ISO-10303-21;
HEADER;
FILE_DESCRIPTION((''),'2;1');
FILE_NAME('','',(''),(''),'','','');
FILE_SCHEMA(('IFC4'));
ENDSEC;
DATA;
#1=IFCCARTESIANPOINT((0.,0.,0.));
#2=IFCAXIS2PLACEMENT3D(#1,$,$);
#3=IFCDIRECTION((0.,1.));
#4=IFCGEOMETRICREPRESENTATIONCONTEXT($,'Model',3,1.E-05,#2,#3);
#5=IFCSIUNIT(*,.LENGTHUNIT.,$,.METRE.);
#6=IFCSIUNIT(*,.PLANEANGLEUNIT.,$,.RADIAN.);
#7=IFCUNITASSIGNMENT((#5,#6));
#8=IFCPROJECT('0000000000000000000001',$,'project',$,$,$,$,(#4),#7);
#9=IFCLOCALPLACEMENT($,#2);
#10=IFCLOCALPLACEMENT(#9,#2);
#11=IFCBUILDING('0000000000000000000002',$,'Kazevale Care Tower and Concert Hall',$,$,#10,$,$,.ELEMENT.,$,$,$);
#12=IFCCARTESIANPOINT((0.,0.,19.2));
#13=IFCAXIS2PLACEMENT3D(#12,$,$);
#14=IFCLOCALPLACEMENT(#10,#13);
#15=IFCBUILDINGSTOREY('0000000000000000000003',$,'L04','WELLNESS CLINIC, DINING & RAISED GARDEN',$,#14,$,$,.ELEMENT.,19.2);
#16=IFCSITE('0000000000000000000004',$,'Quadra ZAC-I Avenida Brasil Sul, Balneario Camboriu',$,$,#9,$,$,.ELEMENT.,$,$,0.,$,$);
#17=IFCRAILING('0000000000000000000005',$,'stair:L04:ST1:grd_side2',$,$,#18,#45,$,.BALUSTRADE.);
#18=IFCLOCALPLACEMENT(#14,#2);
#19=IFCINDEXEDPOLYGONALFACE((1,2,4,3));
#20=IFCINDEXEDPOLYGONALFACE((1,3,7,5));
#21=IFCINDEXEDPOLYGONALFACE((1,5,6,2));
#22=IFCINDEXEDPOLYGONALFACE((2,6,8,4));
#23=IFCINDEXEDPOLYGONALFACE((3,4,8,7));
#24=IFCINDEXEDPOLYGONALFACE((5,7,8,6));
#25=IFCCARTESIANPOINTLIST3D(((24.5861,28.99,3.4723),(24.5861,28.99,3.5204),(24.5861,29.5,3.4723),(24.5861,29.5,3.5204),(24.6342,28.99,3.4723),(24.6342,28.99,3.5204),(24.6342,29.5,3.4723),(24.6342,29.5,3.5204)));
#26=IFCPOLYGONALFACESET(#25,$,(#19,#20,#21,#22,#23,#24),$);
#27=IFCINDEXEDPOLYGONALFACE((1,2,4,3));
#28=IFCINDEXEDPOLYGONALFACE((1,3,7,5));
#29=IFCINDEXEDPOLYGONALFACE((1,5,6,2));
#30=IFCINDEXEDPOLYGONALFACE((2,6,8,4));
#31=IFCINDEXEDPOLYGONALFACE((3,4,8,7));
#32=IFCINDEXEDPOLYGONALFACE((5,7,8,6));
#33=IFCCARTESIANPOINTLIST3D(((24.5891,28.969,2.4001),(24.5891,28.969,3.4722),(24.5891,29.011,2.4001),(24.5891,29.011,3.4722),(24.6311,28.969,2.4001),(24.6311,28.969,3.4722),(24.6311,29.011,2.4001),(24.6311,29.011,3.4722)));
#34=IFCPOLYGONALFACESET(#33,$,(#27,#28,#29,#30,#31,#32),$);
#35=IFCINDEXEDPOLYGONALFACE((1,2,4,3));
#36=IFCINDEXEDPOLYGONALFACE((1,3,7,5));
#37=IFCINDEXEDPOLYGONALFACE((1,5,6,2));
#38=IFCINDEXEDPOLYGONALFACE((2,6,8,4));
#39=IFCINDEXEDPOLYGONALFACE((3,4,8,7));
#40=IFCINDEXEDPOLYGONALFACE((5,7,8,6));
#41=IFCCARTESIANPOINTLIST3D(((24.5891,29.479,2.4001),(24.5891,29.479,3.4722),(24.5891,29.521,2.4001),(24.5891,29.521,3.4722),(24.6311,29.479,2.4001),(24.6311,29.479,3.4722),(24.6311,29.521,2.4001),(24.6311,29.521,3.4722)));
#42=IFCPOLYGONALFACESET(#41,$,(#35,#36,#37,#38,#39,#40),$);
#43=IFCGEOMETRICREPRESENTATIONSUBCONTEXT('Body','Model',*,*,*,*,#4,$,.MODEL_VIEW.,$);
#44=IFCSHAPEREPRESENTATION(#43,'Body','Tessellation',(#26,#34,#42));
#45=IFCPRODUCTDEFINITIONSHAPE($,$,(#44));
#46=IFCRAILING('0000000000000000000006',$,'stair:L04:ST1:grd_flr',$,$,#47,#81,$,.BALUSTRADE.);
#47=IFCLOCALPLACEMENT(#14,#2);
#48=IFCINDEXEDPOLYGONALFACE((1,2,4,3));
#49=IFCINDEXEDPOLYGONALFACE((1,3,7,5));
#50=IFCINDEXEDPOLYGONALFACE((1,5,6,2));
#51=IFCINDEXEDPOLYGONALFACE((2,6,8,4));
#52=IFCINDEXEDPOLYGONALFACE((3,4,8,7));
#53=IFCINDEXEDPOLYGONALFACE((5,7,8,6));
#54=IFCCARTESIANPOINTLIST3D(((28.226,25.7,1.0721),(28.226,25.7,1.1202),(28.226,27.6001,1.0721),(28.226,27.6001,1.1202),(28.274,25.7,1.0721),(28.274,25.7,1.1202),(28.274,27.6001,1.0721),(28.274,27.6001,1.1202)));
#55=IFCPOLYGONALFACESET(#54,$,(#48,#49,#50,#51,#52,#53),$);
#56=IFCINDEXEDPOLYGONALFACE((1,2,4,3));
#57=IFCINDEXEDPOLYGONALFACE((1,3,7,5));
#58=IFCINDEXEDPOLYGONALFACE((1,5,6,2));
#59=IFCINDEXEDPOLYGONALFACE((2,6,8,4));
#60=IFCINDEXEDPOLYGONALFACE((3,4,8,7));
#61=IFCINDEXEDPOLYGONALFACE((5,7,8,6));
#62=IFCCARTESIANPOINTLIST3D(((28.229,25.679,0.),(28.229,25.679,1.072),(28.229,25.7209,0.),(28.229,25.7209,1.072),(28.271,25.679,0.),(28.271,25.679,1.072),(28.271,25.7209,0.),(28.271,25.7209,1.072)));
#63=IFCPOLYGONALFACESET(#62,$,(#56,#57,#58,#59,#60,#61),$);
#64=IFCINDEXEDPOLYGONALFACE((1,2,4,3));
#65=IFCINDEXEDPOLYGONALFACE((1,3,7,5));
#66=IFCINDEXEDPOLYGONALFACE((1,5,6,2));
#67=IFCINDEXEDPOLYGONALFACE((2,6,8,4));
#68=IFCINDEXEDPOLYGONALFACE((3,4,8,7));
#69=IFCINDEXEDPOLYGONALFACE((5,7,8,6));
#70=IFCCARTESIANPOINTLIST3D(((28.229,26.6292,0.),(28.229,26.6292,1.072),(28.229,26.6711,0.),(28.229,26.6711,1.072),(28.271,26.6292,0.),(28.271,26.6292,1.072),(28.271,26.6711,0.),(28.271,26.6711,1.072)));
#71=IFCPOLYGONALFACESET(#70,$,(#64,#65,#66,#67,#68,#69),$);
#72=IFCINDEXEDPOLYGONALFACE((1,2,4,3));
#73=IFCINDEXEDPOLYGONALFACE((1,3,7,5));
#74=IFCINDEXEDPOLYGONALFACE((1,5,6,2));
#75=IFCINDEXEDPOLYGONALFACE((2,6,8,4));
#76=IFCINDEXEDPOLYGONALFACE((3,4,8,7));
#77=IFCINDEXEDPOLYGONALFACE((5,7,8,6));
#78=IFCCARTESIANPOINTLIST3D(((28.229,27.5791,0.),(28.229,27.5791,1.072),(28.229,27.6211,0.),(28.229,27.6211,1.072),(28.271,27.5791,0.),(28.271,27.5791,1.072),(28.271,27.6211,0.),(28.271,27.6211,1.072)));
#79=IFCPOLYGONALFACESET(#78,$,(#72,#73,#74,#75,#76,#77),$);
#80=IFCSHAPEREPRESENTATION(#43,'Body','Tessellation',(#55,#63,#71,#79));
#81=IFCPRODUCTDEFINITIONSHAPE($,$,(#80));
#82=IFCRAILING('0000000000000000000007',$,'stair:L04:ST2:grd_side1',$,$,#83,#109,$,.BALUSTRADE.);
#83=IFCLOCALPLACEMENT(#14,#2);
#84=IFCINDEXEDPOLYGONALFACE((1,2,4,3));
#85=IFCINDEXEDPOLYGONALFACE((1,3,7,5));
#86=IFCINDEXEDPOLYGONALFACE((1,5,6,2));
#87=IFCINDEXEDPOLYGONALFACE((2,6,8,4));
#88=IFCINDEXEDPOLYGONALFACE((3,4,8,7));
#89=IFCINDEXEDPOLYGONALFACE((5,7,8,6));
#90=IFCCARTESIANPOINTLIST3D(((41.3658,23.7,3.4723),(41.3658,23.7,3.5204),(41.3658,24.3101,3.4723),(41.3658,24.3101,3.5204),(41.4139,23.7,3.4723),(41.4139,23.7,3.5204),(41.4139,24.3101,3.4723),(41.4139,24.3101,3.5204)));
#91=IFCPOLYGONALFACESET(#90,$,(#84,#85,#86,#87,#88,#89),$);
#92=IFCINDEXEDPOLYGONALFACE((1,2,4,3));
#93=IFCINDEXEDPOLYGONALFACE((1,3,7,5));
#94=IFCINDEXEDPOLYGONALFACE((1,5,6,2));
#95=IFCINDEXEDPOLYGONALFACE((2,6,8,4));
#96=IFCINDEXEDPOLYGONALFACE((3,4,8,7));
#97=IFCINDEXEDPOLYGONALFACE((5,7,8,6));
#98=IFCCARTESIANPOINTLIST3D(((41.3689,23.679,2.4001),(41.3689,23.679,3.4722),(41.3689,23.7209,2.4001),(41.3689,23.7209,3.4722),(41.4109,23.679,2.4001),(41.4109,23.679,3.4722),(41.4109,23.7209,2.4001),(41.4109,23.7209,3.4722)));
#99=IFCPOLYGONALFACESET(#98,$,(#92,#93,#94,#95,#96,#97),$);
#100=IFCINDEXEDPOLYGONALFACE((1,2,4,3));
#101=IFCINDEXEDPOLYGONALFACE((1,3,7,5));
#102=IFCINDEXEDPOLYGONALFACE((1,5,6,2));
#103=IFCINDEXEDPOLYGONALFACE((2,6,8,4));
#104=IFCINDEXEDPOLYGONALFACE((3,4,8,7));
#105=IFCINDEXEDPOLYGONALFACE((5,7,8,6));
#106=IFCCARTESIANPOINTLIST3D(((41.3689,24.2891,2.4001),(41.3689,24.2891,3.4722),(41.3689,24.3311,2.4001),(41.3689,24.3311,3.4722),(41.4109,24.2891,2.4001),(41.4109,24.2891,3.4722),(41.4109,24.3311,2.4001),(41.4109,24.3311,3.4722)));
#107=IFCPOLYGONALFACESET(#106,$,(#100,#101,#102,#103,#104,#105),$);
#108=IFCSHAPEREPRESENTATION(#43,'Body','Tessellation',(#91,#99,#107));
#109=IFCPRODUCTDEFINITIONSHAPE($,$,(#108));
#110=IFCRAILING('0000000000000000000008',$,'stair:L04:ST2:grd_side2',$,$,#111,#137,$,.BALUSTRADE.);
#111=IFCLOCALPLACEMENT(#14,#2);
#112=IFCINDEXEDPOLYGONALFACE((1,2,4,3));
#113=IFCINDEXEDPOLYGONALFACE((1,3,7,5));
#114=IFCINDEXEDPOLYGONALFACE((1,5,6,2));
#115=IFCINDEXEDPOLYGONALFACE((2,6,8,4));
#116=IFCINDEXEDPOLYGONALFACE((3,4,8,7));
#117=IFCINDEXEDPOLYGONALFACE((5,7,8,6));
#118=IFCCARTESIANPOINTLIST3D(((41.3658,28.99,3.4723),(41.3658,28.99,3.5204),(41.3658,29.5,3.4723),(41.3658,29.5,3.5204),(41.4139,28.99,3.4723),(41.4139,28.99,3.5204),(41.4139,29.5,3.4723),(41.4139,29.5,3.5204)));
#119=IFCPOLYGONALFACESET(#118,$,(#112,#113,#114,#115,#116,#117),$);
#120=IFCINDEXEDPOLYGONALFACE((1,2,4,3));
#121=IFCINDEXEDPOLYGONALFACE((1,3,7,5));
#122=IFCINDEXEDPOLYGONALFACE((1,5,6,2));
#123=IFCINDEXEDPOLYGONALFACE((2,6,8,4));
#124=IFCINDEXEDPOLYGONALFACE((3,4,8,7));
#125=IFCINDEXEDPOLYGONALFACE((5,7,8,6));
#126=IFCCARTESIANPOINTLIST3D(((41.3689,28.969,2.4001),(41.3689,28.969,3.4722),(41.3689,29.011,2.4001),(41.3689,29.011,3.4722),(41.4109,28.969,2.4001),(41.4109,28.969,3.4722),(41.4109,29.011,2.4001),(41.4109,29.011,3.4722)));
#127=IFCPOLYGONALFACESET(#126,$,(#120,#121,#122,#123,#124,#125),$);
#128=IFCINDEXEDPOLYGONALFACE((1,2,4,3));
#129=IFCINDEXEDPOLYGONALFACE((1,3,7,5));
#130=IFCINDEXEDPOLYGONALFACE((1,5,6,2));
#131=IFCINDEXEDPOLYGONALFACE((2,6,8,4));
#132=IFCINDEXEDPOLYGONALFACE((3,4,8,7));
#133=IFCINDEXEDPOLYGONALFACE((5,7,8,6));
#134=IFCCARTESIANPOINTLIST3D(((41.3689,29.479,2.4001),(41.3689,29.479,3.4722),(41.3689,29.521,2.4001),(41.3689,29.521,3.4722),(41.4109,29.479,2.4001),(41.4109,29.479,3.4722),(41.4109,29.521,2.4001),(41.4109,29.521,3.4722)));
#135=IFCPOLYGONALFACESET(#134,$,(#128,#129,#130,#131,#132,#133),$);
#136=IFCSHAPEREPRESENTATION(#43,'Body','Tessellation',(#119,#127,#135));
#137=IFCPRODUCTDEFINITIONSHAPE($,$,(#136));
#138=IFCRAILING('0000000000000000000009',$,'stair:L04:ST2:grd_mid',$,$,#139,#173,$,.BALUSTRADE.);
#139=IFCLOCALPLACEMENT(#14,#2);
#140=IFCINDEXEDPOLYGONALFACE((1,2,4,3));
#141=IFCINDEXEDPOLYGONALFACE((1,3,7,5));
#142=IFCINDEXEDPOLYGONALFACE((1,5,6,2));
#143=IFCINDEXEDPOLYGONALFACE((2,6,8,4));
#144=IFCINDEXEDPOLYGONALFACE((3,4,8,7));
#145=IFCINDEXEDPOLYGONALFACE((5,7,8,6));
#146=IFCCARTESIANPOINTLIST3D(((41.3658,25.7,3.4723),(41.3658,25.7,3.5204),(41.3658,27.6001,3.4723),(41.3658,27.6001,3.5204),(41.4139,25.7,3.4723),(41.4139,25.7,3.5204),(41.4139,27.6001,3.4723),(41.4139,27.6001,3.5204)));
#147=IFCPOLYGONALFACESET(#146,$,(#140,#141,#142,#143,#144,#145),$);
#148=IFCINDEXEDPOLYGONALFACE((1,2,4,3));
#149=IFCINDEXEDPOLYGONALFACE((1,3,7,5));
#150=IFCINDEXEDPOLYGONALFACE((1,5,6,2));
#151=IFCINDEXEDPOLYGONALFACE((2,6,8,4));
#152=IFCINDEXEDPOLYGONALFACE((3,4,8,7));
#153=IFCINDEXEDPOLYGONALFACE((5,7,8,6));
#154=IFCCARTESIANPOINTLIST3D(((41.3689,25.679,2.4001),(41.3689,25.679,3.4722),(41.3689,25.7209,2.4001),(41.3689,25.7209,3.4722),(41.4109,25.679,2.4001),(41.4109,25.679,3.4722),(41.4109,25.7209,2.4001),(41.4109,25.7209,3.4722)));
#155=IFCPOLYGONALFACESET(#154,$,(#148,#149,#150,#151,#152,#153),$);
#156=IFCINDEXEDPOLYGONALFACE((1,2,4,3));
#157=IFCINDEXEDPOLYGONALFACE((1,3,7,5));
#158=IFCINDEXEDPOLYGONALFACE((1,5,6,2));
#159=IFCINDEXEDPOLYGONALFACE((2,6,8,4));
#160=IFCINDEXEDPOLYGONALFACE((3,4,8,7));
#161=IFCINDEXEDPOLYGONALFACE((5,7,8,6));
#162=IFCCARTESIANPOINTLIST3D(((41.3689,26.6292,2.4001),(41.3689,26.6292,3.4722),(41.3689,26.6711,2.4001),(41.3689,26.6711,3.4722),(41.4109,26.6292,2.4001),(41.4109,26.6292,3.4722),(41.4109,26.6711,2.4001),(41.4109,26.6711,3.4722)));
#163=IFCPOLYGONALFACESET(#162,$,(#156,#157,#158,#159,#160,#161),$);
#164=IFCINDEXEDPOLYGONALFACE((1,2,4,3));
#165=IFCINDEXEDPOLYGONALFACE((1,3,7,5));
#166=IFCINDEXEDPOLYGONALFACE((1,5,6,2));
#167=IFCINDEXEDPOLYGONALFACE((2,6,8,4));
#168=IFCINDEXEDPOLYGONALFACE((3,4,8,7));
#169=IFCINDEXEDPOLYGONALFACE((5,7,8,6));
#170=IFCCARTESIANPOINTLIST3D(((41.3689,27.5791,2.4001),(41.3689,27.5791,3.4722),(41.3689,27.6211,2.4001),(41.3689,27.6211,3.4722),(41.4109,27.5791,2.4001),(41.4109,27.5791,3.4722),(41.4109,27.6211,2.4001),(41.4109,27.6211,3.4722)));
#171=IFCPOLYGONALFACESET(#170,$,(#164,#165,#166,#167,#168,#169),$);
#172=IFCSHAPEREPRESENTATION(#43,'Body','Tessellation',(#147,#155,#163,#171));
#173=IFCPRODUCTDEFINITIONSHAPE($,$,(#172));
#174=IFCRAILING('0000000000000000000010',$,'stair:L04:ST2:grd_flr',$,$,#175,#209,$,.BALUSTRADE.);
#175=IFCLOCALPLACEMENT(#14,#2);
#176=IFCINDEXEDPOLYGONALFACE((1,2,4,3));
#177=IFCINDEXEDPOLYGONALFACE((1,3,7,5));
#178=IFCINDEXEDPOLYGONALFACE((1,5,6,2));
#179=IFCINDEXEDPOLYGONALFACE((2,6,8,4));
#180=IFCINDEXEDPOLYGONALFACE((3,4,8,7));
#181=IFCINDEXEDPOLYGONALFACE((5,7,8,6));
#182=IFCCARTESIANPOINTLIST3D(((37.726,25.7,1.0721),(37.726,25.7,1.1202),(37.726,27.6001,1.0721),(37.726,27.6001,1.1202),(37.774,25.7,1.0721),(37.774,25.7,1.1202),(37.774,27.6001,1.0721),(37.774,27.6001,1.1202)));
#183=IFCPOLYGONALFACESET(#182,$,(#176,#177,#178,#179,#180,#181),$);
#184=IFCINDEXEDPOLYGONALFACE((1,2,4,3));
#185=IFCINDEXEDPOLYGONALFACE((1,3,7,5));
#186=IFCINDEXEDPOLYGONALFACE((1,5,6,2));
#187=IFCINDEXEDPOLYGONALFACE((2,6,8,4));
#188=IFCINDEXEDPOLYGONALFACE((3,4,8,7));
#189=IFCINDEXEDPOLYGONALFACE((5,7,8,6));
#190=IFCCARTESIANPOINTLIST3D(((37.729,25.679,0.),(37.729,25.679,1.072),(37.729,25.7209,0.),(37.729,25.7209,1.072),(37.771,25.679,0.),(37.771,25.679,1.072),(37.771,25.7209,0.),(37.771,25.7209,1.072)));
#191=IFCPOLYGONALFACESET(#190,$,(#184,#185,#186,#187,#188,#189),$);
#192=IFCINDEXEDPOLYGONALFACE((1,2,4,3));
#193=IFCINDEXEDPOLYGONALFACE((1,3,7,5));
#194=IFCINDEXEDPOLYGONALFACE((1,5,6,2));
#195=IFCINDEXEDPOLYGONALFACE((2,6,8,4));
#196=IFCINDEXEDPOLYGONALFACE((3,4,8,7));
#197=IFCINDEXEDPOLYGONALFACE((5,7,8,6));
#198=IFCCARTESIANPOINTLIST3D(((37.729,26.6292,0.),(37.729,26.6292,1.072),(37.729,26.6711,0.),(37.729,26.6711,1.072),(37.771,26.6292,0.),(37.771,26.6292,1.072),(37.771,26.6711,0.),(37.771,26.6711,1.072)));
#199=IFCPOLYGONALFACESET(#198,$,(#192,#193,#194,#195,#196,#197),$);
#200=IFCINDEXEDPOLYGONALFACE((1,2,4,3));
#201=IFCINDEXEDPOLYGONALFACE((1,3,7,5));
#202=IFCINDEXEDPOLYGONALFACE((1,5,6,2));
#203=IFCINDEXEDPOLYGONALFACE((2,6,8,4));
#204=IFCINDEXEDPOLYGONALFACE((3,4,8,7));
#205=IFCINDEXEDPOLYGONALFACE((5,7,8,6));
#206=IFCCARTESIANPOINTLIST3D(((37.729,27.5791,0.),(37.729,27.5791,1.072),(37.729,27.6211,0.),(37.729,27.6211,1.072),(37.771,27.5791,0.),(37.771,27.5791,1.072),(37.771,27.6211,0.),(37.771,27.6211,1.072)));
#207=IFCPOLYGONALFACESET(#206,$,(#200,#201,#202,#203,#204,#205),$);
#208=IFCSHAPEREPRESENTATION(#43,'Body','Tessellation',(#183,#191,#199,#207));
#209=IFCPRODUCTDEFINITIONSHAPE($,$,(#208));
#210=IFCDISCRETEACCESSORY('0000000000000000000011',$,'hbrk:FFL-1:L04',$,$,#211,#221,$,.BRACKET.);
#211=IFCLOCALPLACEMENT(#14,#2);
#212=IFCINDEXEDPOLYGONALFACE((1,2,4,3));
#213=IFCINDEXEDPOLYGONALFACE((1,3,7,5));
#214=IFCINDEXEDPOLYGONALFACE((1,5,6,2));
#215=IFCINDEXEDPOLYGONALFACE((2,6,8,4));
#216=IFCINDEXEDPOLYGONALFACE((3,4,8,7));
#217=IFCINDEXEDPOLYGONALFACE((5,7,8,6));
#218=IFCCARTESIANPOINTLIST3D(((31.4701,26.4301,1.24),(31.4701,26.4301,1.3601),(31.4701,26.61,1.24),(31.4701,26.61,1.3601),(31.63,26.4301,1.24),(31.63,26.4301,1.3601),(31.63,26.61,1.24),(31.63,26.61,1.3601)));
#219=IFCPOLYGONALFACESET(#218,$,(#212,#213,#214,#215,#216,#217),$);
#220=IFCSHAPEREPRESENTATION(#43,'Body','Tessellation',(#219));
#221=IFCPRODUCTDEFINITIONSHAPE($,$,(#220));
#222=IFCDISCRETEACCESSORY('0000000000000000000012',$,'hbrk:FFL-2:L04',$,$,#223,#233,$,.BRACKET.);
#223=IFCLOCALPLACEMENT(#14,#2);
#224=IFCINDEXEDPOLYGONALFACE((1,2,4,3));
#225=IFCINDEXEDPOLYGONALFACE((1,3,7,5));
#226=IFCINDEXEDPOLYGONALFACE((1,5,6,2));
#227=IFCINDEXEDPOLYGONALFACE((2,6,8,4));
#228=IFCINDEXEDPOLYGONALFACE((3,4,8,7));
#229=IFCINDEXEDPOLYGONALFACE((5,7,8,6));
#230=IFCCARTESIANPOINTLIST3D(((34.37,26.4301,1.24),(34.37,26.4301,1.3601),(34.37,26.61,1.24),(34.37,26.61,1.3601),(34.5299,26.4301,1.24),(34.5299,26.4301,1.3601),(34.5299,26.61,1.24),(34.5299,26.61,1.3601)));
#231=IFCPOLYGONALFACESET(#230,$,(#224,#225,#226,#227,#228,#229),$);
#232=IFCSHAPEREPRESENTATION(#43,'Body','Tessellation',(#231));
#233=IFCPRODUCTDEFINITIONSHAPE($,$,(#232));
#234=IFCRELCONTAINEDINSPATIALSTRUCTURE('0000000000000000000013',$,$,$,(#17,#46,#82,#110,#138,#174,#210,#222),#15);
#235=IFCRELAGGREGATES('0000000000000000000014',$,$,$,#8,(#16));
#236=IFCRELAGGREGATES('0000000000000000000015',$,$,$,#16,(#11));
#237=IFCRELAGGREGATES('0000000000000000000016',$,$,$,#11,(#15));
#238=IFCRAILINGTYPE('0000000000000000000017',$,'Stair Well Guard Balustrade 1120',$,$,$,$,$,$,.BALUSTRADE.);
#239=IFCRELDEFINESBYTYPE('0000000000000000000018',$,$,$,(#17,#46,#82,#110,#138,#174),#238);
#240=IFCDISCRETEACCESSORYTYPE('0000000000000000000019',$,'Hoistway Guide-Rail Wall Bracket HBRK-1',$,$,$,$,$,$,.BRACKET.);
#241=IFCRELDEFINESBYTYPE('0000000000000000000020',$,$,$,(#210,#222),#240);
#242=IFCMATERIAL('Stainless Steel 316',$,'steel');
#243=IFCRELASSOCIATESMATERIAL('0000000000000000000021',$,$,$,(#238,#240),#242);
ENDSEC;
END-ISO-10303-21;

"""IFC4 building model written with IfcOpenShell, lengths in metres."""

from ifc_helpers import new_model, si_unit, direction, frame, origin, origin_2d, place, context, subcontext, project, spatial, rectangle, extrude, material, type_object, element, save


model = new_model("IFC4")

# Units and contexts
model_context = context("Model", 3, precision=1e-05, world=origin(), true_north=direction((0.0, 1.0)))
body_context = subcontext(model_context, "Body", "Model", "MODEL_VIEW")
ifc_project = project(units=[si_unit("LENGTHUNIT", "METRE"), si_unit("PLANEANGLEUNIT", "RADIAN")], contexts=[model_context])

# Site, building, storey
site_placement = place(None, origin())
site = spatial("IfcSite", under=ifc_project, at=site_placement, Name="Quadra ZAC-I Avenida Brasil Sul, Balneario Camboriu", CompositionType="ELEMENT", RefElevation=0.0)
building_placement = place(site_placement, origin())
building = spatial("IfcBuilding", under=site, at=building_placement, Name="Kazevale Care Tower and Concert Hall", CompositionType="ELEMENT")
storey_placement = place(building_placement, frame((0.0, 0.0, 19.2)))
storey = spatial("IfcBuildingStorey", under=building, at=storey_placement, Name="L04", Description="WELLNESS CLINIC, DINING & RAISED GARDEN", CompositionType="ELEMENT", Elevation=19.2)

# Shared definitions
ifc_material_1 = material(Name="Stainless Steel 316", Category="steel")

# Railings
railing_type_1 = type_object("IfcRailingType", Name="Stair Well Guard Balustrade 1120", PredefinedType="BALUSTRADE", material=ifc_material_1)
railing_1_placement = place(storey_placement, frame((24.6101, 28.99, 2.4001)))
element("IfcRailing", 1, at=railing_1_placement, inside=storey, type_object=railing_type_1, Name="stair:L04:ST1:grd_side2", PredefinedType="BALUSTRADE", context=body_context, shape_type="SweptSolid", body=[
    extrude(rectangle(XDim=0.0481, YDim=0.0481, at=origin_2d()), frame((0.0, 0.0, 1.0962), z_axis=(0.0, 1.0, 0.0), x_axis=(-1.0, 0.0, 0.0)), (0.0, 0.0, 1.0), 0.51),
    extrude(rectangle(XDim=0.042, YDim=0.042, at=origin_2d()), origin(), (0.0, 0.0, 1.0), 1.072),
    extrude(rectangle(XDim=0.042, YDim=0.042, at=origin_2d()), frame((0.0, 0.51, 0.0)), (0.0, 0.0, 1.0), 1.072),
])
railing_2_placement = place(storey_placement, frame((28.25, 25.7, 0.0)))
element("IfcRailing", 2, at=railing_2_placement, inside=storey, type_object=railing_type_1, Name="stair:L04:ST1:grd_flr", PredefinedType="BALUSTRADE", context=body_context, shape_type="SweptSolid", body=[
    extrude(rectangle(XDim=0.0481, YDim=0.0481, at=origin_2d()), frame((0.0, 0.0, 1.0962), z_axis=(0.0, 1.0, 0.0), x_axis=(-1.0, 0.0, 0.0)), (0.0, 0.0, 1.0), 1.9001),
    extrude(rectangle(XDim=0.042, YDim=0.042, at=origin_2d()), origin(), (0.0, 0.0, 1.0), 1.072),
    extrude(rectangle(XDim=0.042, YDim=0.042, at=origin_2d()), frame((0.0, 0.9502, 0.0)), (0.0, 0.0, 1.0), 1.072),
    extrude(rectangle(XDim=0.042, YDim=0.042, at=origin_2d()), frame((0.0, 1.9001, 0.0)), (0.0, 0.0, 1.0), 1.072),
])
railing_3_placement = place(storey_placement, frame((41.3899, 23.7, 2.4001)))
element("IfcRailing", 3, at=railing_3_placement, inside=storey, type_object=railing_type_1, Name="stair:L04:ST2:grd_side1", PredefinedType="BALUSTRADE", context=body_context, shape_type="SweptSolid", body=[
    extrude(rectangle(XDim=0.0481, YDim=0.0481, at=origin_2d()), frame((0.0, 0.0, 1.0962), z_axis=(0.0, 1.0, 0.0), x_axis=(-1.0, 0.0, 0.0)), (0.0, 0.0, 1.0), 0.6101),
    extrude(rectangle(XDim=0.042, YDim=0.042, at=origin_2d()), origin(), (0.0, 0.0, 1.0), 1.072),
    extrude(rectangle(XDim=0.042, YDim=0.042, at=origin_2d()), frame((0.0, 0.6101, 0.0)), (0.0, 0.0, 1.0), 1.072),
])
railing_4_placement = place(storey_placement, frame((41.3899, 28.99, 2.4001)))
element("IfcRailing", 4, at=railing_4_placement, inside=storey, type_object=railing_type_1, Name="stair:L04:ST2:grd_side2", PredefinedType="BALUSTRADE", context=body_context, shape_type="SweptSolid", body=[
    extrude(rectangle(XDim=0.0481, YDim=0.0481, at=origin_2d()), frame((0.0, 0.0, 1.0962), z_axis=(0.0, 1.0, 0.0), x_axis=(-1.0, 0.0, 0.0)), (0.0, 0.0, 1.0), 0.51),
    extrude(rectangle(XDim=0.042, YDim=0.042, at=origin_2d()), origin(), (0.0, 0.0, 1.0), 1.072),
    extrude(rectangle(XDim=0.042, YDim=0.042, at=origin_2d()), frame((0.0, 0.51, 0.0)), (0.0, 0.0, 1.0), 1.072),
])
for number, where, name in (
    (5, (41.3899, 25.7, 2.4001), "stair:L04:ST2:grd_mid"),
    (6, (37.75, 25.7, 0.0), "stair:L04:ST2:grd_flr"),
):
    element("IfcRailing", number, at=place(storey_placement, frame(where)), inside=storey, type_object=railing_type_1, Name=name, PredefinedType="BALUSTRADE", context=body_context, shape_type="SweptSolid", body=[
        extrude(rectangle(XDim=0.0481, YDim=0.0481, at=origin_2d()), frame((0.0, 0.0, 1.0962), z_axis=(0.0, 1.0, 0.0), x_axis=(-1.0, 0.0, 0.0)), (0.0, 0.0, 1.0), 1.9001),
        extrude(rectangle(XDim=0.042, YDim=0.042, at=origin_2d()), origin(), (0.0, 0.0, 1.0), 1.072),
        extrude(rectangle(XDim=0.042, YDim=0.042, at=origin_2d()), frame((0.0, 0.9502, 0.0)), (0.0, 0.0, 1.0), 1.072),
        extrude(rectangle(XDim=0.042, YDim=0.042, at=origin_2d()), frame((0.0, 1.9001, 0.0)), (0.0, 0.0, 1.0), 1.072),
    ])

# Discrete accessories
discrete_accessory_type = type_object("IfcDiscreteAccessoryType", Name="Hoistway Guide-Rail Wall Bracket HBRK-1", PredefinedType="BRACKET", material=ifc_material_1)
for number, where, z_axis, x_axis, name in (
    (7, (31.55, 26.52, 1.24), (0.0, 0.0, 1.0), (1.0, 0.0, 0.0), "hbrk:FFL-1:L04"),
    (8, (34.45, 26.52, 1.24), (0.0, 0.0, 1.0), (1.0, 0.0, 0.0), "hbrk:FFL-2:L04"),
):
    element("IfcDiscreteAccessory", number, at=place(storey_placement, frame(where, z_axis=z_axis, x_axis=x_axis)), inside=storey, type_object=discrete_accessory_type, Name=name, PredefinedType="BRACKET", context=body_context, shape_type="SweptSolid", body=[
        extrude(rectangle(XDim=0.1599, YDim=0.1799, at=origin_2d()), origin(), (0.0, 0.0, 1.0), 0.1201),
    ])

save(model, "model.ifc")
